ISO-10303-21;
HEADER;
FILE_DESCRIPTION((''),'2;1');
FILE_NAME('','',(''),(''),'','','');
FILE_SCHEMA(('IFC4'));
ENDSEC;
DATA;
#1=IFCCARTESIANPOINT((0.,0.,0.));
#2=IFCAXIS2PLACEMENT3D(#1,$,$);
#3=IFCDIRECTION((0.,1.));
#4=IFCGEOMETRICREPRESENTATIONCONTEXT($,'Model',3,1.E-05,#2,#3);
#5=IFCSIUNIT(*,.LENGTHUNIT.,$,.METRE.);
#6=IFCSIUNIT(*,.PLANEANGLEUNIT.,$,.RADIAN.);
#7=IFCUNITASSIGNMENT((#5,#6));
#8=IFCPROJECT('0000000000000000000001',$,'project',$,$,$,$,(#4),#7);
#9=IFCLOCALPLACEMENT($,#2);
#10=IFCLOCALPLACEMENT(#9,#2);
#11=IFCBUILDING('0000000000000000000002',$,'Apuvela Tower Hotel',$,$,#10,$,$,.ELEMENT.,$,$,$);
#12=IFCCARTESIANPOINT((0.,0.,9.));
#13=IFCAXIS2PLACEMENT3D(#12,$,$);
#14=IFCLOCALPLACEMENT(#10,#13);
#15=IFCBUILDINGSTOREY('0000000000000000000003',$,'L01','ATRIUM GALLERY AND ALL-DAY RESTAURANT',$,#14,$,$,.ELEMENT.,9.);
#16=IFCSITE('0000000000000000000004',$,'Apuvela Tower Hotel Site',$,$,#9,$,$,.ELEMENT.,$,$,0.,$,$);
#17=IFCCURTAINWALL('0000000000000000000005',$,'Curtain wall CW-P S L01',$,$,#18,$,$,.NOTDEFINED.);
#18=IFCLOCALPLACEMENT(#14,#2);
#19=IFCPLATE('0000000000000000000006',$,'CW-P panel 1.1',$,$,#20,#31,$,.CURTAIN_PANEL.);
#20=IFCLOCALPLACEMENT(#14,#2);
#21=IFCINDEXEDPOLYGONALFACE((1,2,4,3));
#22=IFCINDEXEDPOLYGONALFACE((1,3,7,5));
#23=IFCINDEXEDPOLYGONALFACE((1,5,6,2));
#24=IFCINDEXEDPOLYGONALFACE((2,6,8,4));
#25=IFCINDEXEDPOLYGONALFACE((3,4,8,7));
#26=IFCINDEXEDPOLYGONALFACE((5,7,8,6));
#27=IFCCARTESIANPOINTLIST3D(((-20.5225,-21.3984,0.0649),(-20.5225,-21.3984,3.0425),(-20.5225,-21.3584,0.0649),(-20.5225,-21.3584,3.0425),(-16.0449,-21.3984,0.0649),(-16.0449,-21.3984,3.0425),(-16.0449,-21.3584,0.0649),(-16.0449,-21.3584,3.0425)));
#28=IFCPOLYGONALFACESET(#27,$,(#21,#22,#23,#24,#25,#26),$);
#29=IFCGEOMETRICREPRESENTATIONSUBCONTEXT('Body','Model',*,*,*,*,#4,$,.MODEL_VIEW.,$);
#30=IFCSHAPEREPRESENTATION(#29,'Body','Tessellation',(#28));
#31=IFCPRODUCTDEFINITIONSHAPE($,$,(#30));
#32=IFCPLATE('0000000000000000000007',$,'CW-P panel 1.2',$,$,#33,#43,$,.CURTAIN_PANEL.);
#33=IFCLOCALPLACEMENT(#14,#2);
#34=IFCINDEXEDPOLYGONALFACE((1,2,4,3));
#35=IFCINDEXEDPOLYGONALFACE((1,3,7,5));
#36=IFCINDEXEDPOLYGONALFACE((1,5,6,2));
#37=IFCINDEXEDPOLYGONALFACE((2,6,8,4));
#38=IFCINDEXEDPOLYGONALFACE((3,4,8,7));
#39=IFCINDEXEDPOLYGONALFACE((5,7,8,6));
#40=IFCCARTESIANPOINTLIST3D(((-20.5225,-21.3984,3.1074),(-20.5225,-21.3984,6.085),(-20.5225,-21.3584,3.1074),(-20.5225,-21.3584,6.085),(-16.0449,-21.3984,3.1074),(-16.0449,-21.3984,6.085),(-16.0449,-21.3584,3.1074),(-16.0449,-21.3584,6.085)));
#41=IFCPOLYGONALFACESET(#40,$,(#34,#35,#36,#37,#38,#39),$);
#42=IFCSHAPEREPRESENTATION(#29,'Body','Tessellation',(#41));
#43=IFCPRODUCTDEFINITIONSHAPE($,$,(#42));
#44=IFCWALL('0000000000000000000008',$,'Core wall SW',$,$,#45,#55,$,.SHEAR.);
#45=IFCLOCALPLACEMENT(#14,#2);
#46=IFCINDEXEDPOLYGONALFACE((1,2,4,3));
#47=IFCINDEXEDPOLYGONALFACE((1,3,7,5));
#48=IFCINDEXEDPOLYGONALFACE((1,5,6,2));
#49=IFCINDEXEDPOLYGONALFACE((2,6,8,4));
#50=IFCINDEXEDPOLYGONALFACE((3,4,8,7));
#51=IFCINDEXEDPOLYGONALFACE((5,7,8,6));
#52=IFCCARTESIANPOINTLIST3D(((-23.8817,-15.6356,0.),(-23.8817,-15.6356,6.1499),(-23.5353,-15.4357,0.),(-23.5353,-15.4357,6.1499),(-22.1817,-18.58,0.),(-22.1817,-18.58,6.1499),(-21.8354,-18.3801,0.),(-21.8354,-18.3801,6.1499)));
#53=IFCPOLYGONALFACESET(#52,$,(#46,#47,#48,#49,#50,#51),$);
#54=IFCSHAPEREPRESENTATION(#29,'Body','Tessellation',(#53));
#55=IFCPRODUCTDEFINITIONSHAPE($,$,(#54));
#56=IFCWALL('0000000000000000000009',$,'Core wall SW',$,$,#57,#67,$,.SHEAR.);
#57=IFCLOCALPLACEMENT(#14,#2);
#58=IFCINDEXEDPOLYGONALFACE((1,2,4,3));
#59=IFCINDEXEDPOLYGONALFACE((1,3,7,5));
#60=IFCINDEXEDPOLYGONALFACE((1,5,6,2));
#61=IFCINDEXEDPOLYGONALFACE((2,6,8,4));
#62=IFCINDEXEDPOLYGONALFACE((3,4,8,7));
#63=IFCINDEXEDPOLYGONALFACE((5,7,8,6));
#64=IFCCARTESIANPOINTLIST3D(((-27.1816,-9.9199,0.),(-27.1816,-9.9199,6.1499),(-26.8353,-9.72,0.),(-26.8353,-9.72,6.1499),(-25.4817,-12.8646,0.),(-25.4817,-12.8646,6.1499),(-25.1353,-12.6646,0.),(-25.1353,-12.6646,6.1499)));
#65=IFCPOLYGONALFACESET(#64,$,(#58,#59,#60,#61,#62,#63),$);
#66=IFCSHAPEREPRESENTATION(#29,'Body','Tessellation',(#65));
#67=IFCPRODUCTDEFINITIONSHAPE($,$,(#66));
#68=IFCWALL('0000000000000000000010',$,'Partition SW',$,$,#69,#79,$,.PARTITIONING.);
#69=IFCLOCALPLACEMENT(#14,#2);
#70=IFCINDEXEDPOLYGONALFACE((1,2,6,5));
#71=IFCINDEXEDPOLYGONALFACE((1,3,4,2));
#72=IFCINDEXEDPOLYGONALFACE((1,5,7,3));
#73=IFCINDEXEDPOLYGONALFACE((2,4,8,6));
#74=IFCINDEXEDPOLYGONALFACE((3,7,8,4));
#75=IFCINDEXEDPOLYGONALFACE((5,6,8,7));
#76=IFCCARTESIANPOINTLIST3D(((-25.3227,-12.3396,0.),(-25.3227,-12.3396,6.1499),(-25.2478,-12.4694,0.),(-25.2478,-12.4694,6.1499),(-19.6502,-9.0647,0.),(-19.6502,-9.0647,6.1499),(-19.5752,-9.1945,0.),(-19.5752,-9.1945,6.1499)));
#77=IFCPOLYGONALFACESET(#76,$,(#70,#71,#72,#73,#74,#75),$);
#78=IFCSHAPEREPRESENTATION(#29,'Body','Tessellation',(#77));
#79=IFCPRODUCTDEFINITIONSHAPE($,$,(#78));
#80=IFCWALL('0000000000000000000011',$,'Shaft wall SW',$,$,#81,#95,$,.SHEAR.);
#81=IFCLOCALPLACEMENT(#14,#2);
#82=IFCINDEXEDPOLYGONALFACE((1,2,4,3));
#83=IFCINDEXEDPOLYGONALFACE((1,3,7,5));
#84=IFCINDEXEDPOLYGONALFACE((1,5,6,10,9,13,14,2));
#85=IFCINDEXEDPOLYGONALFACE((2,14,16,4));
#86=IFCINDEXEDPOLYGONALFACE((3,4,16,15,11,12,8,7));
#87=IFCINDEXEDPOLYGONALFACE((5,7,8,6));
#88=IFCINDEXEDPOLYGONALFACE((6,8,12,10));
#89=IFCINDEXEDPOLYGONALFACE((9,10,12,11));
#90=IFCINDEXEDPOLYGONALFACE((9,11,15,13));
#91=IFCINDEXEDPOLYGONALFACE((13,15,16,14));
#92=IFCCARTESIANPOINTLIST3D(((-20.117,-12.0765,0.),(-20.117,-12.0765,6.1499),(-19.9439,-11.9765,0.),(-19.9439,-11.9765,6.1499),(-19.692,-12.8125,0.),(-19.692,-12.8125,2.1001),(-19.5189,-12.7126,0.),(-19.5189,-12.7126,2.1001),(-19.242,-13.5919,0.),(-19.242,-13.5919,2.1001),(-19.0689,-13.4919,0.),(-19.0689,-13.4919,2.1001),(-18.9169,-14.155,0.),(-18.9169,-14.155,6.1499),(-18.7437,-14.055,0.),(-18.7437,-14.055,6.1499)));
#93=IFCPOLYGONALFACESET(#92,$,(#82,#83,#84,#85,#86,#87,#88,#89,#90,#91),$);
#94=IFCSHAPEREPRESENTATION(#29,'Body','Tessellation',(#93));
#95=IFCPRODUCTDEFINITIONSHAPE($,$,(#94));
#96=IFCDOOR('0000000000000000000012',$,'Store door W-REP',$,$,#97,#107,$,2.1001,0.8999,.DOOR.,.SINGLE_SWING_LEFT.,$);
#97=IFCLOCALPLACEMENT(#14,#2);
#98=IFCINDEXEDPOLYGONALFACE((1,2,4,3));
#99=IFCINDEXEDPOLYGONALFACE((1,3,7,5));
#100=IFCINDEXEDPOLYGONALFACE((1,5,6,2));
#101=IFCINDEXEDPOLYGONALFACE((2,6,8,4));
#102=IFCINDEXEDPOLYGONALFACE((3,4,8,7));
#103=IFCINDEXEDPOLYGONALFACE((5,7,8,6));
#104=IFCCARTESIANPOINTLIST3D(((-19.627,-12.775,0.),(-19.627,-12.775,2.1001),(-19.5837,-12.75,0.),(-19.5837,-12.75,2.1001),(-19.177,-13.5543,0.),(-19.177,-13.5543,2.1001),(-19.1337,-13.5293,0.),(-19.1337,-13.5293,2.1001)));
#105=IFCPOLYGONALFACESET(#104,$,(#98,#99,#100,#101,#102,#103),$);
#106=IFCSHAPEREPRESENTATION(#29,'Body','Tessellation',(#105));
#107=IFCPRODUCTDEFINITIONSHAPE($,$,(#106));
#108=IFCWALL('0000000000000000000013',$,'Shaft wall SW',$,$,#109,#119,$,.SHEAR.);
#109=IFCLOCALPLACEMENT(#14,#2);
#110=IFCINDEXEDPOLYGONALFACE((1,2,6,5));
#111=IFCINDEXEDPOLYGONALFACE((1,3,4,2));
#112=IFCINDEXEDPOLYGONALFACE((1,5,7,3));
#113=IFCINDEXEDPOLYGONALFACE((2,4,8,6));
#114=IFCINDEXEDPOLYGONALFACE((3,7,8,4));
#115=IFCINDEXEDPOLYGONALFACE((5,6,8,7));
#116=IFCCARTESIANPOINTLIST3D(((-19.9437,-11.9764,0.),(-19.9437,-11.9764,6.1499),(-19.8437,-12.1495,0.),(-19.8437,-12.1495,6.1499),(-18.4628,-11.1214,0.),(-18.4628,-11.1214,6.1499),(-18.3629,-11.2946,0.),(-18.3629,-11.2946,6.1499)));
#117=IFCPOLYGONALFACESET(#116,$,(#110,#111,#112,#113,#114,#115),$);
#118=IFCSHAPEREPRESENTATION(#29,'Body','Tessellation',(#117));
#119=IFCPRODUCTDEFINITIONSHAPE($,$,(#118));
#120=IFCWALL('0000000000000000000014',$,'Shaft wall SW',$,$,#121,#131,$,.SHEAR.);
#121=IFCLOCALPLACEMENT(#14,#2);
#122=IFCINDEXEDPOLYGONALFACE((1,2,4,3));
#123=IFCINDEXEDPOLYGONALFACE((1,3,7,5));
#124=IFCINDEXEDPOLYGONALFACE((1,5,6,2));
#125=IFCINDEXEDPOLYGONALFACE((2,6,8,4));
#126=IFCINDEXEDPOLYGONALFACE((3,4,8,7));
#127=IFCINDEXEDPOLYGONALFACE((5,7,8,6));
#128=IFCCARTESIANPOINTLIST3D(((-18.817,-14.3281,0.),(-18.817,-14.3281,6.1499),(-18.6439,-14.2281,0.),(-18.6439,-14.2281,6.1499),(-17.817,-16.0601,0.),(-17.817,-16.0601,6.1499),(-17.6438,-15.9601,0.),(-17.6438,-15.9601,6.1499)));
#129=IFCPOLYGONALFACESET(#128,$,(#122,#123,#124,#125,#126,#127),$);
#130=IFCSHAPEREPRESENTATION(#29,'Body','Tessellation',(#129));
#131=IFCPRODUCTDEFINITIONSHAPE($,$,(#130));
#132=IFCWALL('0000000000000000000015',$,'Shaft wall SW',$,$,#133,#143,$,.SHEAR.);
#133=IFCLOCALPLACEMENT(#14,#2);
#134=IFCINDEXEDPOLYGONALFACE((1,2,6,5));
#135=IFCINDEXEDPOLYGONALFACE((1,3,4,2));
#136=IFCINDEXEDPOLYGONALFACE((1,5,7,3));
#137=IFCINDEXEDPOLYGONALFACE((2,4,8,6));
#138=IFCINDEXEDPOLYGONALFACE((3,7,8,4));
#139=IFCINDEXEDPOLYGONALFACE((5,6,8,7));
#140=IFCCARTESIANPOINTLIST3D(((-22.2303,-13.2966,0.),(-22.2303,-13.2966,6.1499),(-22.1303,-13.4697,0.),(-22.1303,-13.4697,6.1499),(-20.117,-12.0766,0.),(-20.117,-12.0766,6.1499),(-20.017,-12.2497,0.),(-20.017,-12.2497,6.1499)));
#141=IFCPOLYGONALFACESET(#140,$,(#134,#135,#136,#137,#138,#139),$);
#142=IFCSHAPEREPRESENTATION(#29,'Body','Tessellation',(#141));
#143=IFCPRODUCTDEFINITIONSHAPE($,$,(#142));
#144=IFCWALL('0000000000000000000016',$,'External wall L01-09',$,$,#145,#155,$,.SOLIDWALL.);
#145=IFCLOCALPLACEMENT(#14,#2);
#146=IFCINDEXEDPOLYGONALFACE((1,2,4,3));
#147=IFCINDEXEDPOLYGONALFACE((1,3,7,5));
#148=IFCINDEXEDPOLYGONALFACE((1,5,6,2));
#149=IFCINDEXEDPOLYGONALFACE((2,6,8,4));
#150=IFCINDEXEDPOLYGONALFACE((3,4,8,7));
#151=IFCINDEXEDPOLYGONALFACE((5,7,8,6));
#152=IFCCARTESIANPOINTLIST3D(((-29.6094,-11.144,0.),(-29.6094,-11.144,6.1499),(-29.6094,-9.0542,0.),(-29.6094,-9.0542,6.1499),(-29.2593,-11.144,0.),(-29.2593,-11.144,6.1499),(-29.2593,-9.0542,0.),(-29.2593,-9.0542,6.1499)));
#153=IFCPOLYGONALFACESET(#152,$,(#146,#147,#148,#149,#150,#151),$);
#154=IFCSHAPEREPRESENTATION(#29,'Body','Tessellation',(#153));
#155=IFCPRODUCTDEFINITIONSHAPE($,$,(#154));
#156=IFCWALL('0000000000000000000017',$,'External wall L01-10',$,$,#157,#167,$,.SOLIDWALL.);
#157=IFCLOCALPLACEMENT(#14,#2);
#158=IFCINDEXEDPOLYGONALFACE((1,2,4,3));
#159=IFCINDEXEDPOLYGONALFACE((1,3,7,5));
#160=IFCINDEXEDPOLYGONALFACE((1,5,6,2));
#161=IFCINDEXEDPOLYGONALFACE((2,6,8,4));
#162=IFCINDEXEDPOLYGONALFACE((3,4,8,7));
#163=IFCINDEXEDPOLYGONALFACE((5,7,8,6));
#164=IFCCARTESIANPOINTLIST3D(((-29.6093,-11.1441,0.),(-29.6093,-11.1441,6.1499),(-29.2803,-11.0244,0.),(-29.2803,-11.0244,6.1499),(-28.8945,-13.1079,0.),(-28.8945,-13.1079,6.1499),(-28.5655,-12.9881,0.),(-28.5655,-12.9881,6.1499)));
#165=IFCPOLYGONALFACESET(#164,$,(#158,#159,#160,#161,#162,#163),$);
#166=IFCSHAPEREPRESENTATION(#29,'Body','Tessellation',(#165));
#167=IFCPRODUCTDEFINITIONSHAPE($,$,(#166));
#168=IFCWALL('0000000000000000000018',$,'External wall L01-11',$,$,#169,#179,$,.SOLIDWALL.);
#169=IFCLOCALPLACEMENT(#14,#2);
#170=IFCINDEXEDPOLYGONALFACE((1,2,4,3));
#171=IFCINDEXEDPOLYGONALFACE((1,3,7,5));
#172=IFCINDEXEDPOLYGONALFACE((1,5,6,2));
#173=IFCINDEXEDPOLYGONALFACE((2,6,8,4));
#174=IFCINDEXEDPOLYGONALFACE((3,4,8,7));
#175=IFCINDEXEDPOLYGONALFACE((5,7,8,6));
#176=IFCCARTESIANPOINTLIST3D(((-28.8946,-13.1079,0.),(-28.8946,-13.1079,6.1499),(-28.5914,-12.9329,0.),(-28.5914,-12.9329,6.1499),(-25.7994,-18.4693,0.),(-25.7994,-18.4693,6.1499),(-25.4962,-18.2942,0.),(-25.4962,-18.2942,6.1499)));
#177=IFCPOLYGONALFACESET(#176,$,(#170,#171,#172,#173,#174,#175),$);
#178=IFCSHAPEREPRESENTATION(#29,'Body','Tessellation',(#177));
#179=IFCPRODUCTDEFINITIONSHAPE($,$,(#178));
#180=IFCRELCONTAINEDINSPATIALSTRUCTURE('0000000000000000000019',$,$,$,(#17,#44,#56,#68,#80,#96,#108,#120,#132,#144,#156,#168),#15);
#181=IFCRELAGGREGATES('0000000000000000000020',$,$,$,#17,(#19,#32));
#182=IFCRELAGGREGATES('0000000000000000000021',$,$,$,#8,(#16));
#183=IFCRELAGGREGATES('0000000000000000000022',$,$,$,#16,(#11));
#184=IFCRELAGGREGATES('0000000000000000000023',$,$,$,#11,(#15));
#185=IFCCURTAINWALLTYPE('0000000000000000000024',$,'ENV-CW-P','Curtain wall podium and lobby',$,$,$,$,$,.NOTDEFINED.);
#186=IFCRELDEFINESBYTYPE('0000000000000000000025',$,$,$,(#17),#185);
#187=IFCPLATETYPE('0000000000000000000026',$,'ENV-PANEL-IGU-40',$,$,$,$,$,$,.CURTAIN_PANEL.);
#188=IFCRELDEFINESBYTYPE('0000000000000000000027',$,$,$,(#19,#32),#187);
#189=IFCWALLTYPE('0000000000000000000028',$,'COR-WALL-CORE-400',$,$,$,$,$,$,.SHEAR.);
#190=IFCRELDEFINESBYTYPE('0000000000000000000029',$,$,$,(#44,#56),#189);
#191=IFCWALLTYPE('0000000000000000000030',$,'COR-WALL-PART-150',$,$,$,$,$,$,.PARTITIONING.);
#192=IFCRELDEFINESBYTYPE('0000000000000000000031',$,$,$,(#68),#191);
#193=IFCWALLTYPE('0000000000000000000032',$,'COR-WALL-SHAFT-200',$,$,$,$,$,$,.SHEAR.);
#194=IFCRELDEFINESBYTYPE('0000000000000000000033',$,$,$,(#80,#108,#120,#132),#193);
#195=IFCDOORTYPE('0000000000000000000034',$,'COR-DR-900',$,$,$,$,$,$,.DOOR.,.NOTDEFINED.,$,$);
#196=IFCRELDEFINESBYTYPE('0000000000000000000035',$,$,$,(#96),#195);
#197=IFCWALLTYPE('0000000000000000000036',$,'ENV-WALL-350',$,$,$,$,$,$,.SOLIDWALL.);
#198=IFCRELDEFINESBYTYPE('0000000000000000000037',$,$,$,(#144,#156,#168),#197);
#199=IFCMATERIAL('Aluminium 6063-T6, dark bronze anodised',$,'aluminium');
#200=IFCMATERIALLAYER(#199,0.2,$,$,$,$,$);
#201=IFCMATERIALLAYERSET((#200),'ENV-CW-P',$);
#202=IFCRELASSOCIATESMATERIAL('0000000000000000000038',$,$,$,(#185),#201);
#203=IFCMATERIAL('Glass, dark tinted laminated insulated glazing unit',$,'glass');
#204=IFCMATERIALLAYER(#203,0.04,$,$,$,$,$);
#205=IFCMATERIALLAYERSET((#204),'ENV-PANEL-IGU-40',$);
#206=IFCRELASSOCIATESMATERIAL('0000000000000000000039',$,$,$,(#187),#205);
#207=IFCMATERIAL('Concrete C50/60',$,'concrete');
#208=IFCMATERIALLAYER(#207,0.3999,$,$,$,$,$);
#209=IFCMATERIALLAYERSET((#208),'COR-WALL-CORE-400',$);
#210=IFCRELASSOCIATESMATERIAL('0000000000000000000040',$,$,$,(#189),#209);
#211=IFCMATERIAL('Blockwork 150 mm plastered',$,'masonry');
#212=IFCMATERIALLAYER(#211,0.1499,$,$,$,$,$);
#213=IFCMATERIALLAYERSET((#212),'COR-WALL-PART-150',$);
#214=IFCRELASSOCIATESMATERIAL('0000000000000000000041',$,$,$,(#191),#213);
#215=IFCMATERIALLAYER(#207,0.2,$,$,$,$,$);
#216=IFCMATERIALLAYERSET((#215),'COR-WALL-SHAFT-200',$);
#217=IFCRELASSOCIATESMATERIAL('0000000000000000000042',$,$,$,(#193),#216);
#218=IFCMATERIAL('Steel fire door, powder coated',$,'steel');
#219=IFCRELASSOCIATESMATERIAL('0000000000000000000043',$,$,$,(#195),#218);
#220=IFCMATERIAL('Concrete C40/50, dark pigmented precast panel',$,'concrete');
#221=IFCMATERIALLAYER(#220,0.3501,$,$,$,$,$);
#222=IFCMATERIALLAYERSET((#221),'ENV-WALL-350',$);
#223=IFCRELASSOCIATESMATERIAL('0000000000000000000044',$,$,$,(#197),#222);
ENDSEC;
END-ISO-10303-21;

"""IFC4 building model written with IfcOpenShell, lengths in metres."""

from ifc_helpers import new_model, si_unit, direction, frame, frame_2d, origin, origin_2d, place, context, subcontext, project, spatial, rectangle, extrude, material, layer, layer_set, type_object, element, fill, aggregate, save


model = new_model("IFC4")

# Units and contexts
model_context = context("Model", 3, precision=1e-05, world=origin(), true_north=direction((0.0, 1.0)))
body_context = subcontext(model_context, "Body", "Model", "MODEL_VIEW")
ifc_project = project(units=[si_unit("LENGTHUNIT", "METRE"), si_unit("PLANEANGLEUNIT", "RADIAN")], contexts=[model_context])

# Site, building, storey
site_placement = place(None, origin())
site = spatial("IfcSite", under=ifc_project, at=site_placement, Name="Apuvela Tower Hotel Site", CompositionType="ELEMENT", RefElevation=0.0)
building_placement = place(site_placement, origin())
building = spatial("IfcBuilding", under=site, at=building_placement, Name="Apuvela Tower Hotel", CompositionType="ELEMENT")
storey_placement = place(building_placement, frame((0.0, 0.0, 9.0)))
storey = spatial("IfcBuildingStorey", under=building, at=storey_placement, Name="L01", Description="ATRIUM GALLERY AND ALL-DAY RESTAURANT", CompositionType="ELEMENT", Elevation=9.0)

# Curtain wall
ifc_material_1 = material(Name="Aluminium 6063-T6, dark bronze anodised", Category="aluminium")
ifc_layer_1 = layer(ifc_material_1, 0.2)
ifc_layer_set_1 = layer_set([ifc_layer_1], Name="ENV-CW-P")
curtain_wall_type = type_object("IfcCurtainWallType", Name="ENV-CW-P", Description="Curtain wall podium and lobby", PredefinedType="NOTDEFINED", material=ifc_layer_set_1)
curtain_wall_placement = place(storey_placement, origin())
curtain_wall = element("IfcCurtainWall", 1, at=curtain_wall_placement, inside=storey, type_object=curtain_wall_type, Name="Curtain wall CW-P S L01", PredefinedType="NOTDEFINED")

# Plates
ifc_material_2 = material(Name="Glass, dark tinted laminated insulated glazing unit", Category="glass")
ifc_layer_2 = layer(ifc_material_2, 0.04)
ifc_layer_set_2 = layer_set([ifc_layer_2], Name="ENV-PANEL-IGU-40")
plate_type = type_object("IfcPlateType", Name="ENV-PANEL-IGU-40", PredefinedType="CURTAIN_PANEL", material=ifc_layer_set_2)
plate_1_placement = place(storey_placement, frame((-18.2837, -21.3784, 0.0649), z_axis=(0.0, 0.0, 1.0), x_axis=(1.0, 0.0, 0.0)))
plate_1 = element("IfcPlate", 2, at=plate_1_placement, type_object=plate_type, Name="CW-P panel 1.1", PredefinedType="CURTAIN_PANEL", context=body_context, shape_type="SweptSolid", body=[
    extrude(rectangle(XDim=4.4775, YDim=0.04, at=origin_2d()), origin(), (0.0, 0.0, 1.0), 2.9775),
])
plate_2_placement = place(storey_placement, frame((-18.2837, -21.3784, 3.1074), z_axis=(0.0, 0.0, 1.0), x_axis=(1.0, 0.0, 0.0)))
plate_2 = element("IfcPlate", 3, at=plate_2_placement, type_object=plate_type, Name="CW-P panel 1.2", PredefinedType="CURTAIN_PANEL", context=body_context, shape_type="SweptSolid", body=[
    extrude(rectangle(XDim=4.4775, YDim=0.04, at=origin_2d()), origin(), (0.0, 0.0, 1.0), 2.9775),
])
aggregate(curtain_wall, [plate_1, plate_2])

# Walls
ifc_material_3 = material(Name="Concrete C50/60", Category="concrete")
ifc_layer_3 = layer(ifc_material_3, 0.3999)
ifc_layer_set_3 = layer_set([ifc_layer_3], Name="COR-WALL-CORE-400")
wall_type_1 = type_object("IfcWallType", Name="COR-WALL-CORE-400", PredefinedType="SHEAR", material=ifc_layer_set_3)
wall_1_placement = place(storey_placement, frame((-23.7085, -15.5356, 0.0), z_axis=(0.0, 0.0, 1.0), x_axis=(0.500008, -0.866021, 0.0)))
element("IfcWall", 4, at=wall_1_placement, inside=storey, type_object=wall_type_1, Name="Core wall SW", PredefinedType="SHEAR", context=body_context, shape_type="SweptSolid", body=[
    extrude(rectangle(XDim=3.3999, YDim=0.3999, at=frame_2d((1.7, 0.0))), origin(), (0.0, 0.0, 1.0), 6.1499),
])
wall_2_placement = place(storey_placement, frame((-27.0085, -9.8198, 0.0), z_axis=(0.0, 0.0, 1.0), x_axis=(0.499977, -0.866039, 0.0)))
element("IfcWall", 5, at=wall_2_placement, inside=storey, type_object=wall_type_1, Name="Core wall SW", PredefinedType="SHEAR", context=body_context, shape_type="SweptSolid", body=[
    extrude(rectangle(XDim=3.4001, YDim=0.3999, at=frame_2d((1.7002, 0.0))), origin(), (0.0, 0.0, 1.0), 6.1499),
])
ifc_material_4 = material(Name="Blockwork 150 mm plastered", Category="masonry")
ifc_layer_4 = layer(ifc_material_4, 0.1499)
ifc_layer_set_4 = layer_set([ifc_layer_4], Name="COR-WALL-PART-150")
wall_type_2 = type_object("IfcWallType", Name="COR-WALL-PART-150", PredefinedType="PARTITIONING", material=ifc_layer_set_4)
wall_3_placement = place(storey_placement, frame((-19.6128, -9.1296, 0.0), z_axis=(0.0, 0.0, 1.0), x_axis=(-0.866037, -0.499979, 0.0)))
element("IfcWall", 6, at=wall_3_placement, inside=storey, type_object=wall_type_2, Name="Partition SW", PredefinedType="PARTITIONING", context=body_context, shape_type="SweptSolid", body=[
    extrude(rectangle(XDim=6.55, YDim=0.1499, at=frame_2d((3.2749, 0.0))), origin(), (0.0, 0.0, 1.0), 6.1499),
])

# Wall, opening, door
ifc_layer_5 = layer(ifc_material_3, 0.2)
ifc_layer_set_5 = layer_set([ifc_layer_5], Name="COR-WALL-SHAFT-200")
wall_type_3 = type_object("IfcWallType", Name="COR-WALL-SHAFT-200", PredefinedType="SHEAR", material=ifc_layer_set_5)
wall_4_placement = place(storey_placement, frame((-20.0305, -12.0264, 0.0), z_axis=(0.0, 0.0, 1.0), x_axis=(0.500034, -0.866006, 0.0)))
wall_4 = element("IfcWall", 7, at=wall_4_placement, inside=storey, type_object=wall_type_3, Name="Shaft wall SW", PredefinedType="SHEAR", context=body_context, shape_type="SweptSolid", body=[
    extrude(rectangle(XDim=2.4001, YDim=0.2, at=frame_2d((1.2002, 0.0))), origin(), (0.0, 0.0, 1.0), 6.1499),
])
opening_1_placement = place(wall_4_placement, frame((0.8501, 0.0, 0.0)))
opening_1 = element("IfcOpeningElement", 8, at=opening_1_placement, cuts=wall_4, PredefinedType="OPENING", context=body_context, shape_type="SweptSolid", body=[
    extrude(rectangle(XDim=0.8999, YDim=2.1001, at=frame_2d((0.45, 1.05))), frame((0.0, 0.1099, 0.0), z_axis=(0.0, -1.0, 0.0), x_axis=(1.0, 0.0, 0.0)), (0.0, 0.0, 1.0), 0.22),
])
ifc_material_5 = material(Name="Steel fire door, powder coated", Category="steel")
door_type_1 = type_object("IfcDoorType", Name="COR-DR-900", OperationType="NOTDEFINED", PredefinedType="DOOR", material=ifc_material_5)
door_1_placement = place(opening_1_placement, frame((0.8999, 0.0, 0.0), z_axis=(0.0, 0.0, 1.0), x_axis=(-1.0, 0.0, 0.0)))
door_1 = element("IfcDoor", 9, at=door_1_placement, inside=storey, type_object=door_type_1, Name="Store door W-REP", OperationType="SINGLE_SWING_LEFT", OverallHeight=2.1001, OverallWidth=0.8999, PredefinedType="DOOR", context=body_context, shape_type="SweptSolid", body=[
    extrude(rectangle(XDim=0.8999, YDim=2.1001, at=frame_2d((0.45, 1.05))), frame((0.0, 0.0249, 0.0), z_axis=(0.0, -1.0, 0.0), x_axis=(1.0, 0.0, 0.0)), (0.0, 0.0, 1.0), 0.05),
])
fill(opening_1, door_1)

# Walls
wall_5_placement = place(storey_placement, frame((-18.4128, -11.208, 0.0), z_axis=(0.0, 0.0, 1.0), x_axis=(-0.866038, -0.499978, 0.0)))
element("IfcWall", 10, at=wall_5_placement, inside=storey, type_object=wall_type_3, Name="Shaft wall SW", PredefinedType="SHEAR", context=body_context, shape_type="SweptSolid", body=[
    extrude(rectangle(XDim=1.71, YDim=0.2, at=frame_2d((0.855, 0.0))), origin(), (0.0, 0.0, 1.0), 6.1499),
])
wall_6_placement = place(storey_placement, frame((-18.7305, -14.2781, 0.0), z_axis=(0.0, 0.0, 1.0), x_axis=(0.500025, -0.866011, 0.0)))
element("IfcWall", 11, at=wall_6_placement, inside=storey, type_object=wall_type_3, Name="Shaft wall SW", PredefinedType="SHEAR", context=body_context, shape_type="SweptSolid", body=[
    extrude(rectangle(XDim=2.0, YDim=0.2, at=frame_2d((1.0, 0.0))), origin(), (0.0, 0.0, 1.0), 6.1499),
])
wall_7_placement = place(storey_placement, frame((-20.0669, -12.1631, 0.0), z_axis=(0.0, 0.0, 1.0), x_axis=(-0.866049, -0.499959, 0.0)))
element("IfcWall", 12, at=wall_7_placement, inside=storey, type_object=wall_type_3, Name="Shaft wall SW", PredefinedType="SHEAR", context=body_context, shape_type="SweptSolid", body=[
    extrude(rectangle(XDim=2.4402, YDim=0.2, at=frame_2d((1.2202, 0.0))), origin(), (0.0, 0.0, 1.0), 6.1499),
])
ifc_material_6 = material(Name="Concrete C40/50, dark pigmented precast panel", Category="concrete")
ifc_layer_6 = layer(ifc_material_6, 0.3501)
ifc_layer_set_6 = layer_set([ifc_layer_6], Name="ENV-WALL-350")
wall_type_4 = type_object("IfcWallType", Name="ENV-WALL-350", PredefinedType="SOLIDWALL", material=ifc_layer_set_6)
for number, where, z_axis, x_axis, name in (
    (13, (-29.4343, -9.0542, 0.0), (0.0, 0.0, 1.0), (0.0, -1.0, 0.0), "External wall L01-09"),
    (14, (-29.4448, -11.0842, 0.0), (0.0, 0.0, 1.0), (0.342043, -0.939684, 0.0), "External wall L01-10"),
):
    element("IfcWall", number, at=place(storey_placement, frame(where, z_axis=z_axis, x_axis=x_axis)), inside=storey, type_object=wall_type_4, Name=name, PredefinedType="SOLIDWALL", context=body_context, shape_type="SweptSolid", body=[
        extrude(rectangle(XDim=2.0898, YDim=0.3501, at=frame_2d((1.0449, 0.0))), origin(), (0.0, 0.0, 1.0), 6.1499),
    ])
wall_8_placement = place(storey_placement, frame((-28.7429, -13.0205, 0.0), z_axis=(0.0, 0.0, 1.0), x_axis=(0.499982, -0.866036, 0.0)))
element("IfcWall", 15, at=wall_8_placement, inside=storey, type_object=wall_type_4, Name="External wall L01-11", PredefinedType="SOLIDWALL", context=body_context, shape_type="SweptSolid", body=[
    extrude(rectangle(XDim=6.1907, YDim=0.3501, at=frame_2d((3.0952, 0.0))), origin(), (0.0, 0.0, 1.0), 6.1499),
])

save(model, "model.ifc")
